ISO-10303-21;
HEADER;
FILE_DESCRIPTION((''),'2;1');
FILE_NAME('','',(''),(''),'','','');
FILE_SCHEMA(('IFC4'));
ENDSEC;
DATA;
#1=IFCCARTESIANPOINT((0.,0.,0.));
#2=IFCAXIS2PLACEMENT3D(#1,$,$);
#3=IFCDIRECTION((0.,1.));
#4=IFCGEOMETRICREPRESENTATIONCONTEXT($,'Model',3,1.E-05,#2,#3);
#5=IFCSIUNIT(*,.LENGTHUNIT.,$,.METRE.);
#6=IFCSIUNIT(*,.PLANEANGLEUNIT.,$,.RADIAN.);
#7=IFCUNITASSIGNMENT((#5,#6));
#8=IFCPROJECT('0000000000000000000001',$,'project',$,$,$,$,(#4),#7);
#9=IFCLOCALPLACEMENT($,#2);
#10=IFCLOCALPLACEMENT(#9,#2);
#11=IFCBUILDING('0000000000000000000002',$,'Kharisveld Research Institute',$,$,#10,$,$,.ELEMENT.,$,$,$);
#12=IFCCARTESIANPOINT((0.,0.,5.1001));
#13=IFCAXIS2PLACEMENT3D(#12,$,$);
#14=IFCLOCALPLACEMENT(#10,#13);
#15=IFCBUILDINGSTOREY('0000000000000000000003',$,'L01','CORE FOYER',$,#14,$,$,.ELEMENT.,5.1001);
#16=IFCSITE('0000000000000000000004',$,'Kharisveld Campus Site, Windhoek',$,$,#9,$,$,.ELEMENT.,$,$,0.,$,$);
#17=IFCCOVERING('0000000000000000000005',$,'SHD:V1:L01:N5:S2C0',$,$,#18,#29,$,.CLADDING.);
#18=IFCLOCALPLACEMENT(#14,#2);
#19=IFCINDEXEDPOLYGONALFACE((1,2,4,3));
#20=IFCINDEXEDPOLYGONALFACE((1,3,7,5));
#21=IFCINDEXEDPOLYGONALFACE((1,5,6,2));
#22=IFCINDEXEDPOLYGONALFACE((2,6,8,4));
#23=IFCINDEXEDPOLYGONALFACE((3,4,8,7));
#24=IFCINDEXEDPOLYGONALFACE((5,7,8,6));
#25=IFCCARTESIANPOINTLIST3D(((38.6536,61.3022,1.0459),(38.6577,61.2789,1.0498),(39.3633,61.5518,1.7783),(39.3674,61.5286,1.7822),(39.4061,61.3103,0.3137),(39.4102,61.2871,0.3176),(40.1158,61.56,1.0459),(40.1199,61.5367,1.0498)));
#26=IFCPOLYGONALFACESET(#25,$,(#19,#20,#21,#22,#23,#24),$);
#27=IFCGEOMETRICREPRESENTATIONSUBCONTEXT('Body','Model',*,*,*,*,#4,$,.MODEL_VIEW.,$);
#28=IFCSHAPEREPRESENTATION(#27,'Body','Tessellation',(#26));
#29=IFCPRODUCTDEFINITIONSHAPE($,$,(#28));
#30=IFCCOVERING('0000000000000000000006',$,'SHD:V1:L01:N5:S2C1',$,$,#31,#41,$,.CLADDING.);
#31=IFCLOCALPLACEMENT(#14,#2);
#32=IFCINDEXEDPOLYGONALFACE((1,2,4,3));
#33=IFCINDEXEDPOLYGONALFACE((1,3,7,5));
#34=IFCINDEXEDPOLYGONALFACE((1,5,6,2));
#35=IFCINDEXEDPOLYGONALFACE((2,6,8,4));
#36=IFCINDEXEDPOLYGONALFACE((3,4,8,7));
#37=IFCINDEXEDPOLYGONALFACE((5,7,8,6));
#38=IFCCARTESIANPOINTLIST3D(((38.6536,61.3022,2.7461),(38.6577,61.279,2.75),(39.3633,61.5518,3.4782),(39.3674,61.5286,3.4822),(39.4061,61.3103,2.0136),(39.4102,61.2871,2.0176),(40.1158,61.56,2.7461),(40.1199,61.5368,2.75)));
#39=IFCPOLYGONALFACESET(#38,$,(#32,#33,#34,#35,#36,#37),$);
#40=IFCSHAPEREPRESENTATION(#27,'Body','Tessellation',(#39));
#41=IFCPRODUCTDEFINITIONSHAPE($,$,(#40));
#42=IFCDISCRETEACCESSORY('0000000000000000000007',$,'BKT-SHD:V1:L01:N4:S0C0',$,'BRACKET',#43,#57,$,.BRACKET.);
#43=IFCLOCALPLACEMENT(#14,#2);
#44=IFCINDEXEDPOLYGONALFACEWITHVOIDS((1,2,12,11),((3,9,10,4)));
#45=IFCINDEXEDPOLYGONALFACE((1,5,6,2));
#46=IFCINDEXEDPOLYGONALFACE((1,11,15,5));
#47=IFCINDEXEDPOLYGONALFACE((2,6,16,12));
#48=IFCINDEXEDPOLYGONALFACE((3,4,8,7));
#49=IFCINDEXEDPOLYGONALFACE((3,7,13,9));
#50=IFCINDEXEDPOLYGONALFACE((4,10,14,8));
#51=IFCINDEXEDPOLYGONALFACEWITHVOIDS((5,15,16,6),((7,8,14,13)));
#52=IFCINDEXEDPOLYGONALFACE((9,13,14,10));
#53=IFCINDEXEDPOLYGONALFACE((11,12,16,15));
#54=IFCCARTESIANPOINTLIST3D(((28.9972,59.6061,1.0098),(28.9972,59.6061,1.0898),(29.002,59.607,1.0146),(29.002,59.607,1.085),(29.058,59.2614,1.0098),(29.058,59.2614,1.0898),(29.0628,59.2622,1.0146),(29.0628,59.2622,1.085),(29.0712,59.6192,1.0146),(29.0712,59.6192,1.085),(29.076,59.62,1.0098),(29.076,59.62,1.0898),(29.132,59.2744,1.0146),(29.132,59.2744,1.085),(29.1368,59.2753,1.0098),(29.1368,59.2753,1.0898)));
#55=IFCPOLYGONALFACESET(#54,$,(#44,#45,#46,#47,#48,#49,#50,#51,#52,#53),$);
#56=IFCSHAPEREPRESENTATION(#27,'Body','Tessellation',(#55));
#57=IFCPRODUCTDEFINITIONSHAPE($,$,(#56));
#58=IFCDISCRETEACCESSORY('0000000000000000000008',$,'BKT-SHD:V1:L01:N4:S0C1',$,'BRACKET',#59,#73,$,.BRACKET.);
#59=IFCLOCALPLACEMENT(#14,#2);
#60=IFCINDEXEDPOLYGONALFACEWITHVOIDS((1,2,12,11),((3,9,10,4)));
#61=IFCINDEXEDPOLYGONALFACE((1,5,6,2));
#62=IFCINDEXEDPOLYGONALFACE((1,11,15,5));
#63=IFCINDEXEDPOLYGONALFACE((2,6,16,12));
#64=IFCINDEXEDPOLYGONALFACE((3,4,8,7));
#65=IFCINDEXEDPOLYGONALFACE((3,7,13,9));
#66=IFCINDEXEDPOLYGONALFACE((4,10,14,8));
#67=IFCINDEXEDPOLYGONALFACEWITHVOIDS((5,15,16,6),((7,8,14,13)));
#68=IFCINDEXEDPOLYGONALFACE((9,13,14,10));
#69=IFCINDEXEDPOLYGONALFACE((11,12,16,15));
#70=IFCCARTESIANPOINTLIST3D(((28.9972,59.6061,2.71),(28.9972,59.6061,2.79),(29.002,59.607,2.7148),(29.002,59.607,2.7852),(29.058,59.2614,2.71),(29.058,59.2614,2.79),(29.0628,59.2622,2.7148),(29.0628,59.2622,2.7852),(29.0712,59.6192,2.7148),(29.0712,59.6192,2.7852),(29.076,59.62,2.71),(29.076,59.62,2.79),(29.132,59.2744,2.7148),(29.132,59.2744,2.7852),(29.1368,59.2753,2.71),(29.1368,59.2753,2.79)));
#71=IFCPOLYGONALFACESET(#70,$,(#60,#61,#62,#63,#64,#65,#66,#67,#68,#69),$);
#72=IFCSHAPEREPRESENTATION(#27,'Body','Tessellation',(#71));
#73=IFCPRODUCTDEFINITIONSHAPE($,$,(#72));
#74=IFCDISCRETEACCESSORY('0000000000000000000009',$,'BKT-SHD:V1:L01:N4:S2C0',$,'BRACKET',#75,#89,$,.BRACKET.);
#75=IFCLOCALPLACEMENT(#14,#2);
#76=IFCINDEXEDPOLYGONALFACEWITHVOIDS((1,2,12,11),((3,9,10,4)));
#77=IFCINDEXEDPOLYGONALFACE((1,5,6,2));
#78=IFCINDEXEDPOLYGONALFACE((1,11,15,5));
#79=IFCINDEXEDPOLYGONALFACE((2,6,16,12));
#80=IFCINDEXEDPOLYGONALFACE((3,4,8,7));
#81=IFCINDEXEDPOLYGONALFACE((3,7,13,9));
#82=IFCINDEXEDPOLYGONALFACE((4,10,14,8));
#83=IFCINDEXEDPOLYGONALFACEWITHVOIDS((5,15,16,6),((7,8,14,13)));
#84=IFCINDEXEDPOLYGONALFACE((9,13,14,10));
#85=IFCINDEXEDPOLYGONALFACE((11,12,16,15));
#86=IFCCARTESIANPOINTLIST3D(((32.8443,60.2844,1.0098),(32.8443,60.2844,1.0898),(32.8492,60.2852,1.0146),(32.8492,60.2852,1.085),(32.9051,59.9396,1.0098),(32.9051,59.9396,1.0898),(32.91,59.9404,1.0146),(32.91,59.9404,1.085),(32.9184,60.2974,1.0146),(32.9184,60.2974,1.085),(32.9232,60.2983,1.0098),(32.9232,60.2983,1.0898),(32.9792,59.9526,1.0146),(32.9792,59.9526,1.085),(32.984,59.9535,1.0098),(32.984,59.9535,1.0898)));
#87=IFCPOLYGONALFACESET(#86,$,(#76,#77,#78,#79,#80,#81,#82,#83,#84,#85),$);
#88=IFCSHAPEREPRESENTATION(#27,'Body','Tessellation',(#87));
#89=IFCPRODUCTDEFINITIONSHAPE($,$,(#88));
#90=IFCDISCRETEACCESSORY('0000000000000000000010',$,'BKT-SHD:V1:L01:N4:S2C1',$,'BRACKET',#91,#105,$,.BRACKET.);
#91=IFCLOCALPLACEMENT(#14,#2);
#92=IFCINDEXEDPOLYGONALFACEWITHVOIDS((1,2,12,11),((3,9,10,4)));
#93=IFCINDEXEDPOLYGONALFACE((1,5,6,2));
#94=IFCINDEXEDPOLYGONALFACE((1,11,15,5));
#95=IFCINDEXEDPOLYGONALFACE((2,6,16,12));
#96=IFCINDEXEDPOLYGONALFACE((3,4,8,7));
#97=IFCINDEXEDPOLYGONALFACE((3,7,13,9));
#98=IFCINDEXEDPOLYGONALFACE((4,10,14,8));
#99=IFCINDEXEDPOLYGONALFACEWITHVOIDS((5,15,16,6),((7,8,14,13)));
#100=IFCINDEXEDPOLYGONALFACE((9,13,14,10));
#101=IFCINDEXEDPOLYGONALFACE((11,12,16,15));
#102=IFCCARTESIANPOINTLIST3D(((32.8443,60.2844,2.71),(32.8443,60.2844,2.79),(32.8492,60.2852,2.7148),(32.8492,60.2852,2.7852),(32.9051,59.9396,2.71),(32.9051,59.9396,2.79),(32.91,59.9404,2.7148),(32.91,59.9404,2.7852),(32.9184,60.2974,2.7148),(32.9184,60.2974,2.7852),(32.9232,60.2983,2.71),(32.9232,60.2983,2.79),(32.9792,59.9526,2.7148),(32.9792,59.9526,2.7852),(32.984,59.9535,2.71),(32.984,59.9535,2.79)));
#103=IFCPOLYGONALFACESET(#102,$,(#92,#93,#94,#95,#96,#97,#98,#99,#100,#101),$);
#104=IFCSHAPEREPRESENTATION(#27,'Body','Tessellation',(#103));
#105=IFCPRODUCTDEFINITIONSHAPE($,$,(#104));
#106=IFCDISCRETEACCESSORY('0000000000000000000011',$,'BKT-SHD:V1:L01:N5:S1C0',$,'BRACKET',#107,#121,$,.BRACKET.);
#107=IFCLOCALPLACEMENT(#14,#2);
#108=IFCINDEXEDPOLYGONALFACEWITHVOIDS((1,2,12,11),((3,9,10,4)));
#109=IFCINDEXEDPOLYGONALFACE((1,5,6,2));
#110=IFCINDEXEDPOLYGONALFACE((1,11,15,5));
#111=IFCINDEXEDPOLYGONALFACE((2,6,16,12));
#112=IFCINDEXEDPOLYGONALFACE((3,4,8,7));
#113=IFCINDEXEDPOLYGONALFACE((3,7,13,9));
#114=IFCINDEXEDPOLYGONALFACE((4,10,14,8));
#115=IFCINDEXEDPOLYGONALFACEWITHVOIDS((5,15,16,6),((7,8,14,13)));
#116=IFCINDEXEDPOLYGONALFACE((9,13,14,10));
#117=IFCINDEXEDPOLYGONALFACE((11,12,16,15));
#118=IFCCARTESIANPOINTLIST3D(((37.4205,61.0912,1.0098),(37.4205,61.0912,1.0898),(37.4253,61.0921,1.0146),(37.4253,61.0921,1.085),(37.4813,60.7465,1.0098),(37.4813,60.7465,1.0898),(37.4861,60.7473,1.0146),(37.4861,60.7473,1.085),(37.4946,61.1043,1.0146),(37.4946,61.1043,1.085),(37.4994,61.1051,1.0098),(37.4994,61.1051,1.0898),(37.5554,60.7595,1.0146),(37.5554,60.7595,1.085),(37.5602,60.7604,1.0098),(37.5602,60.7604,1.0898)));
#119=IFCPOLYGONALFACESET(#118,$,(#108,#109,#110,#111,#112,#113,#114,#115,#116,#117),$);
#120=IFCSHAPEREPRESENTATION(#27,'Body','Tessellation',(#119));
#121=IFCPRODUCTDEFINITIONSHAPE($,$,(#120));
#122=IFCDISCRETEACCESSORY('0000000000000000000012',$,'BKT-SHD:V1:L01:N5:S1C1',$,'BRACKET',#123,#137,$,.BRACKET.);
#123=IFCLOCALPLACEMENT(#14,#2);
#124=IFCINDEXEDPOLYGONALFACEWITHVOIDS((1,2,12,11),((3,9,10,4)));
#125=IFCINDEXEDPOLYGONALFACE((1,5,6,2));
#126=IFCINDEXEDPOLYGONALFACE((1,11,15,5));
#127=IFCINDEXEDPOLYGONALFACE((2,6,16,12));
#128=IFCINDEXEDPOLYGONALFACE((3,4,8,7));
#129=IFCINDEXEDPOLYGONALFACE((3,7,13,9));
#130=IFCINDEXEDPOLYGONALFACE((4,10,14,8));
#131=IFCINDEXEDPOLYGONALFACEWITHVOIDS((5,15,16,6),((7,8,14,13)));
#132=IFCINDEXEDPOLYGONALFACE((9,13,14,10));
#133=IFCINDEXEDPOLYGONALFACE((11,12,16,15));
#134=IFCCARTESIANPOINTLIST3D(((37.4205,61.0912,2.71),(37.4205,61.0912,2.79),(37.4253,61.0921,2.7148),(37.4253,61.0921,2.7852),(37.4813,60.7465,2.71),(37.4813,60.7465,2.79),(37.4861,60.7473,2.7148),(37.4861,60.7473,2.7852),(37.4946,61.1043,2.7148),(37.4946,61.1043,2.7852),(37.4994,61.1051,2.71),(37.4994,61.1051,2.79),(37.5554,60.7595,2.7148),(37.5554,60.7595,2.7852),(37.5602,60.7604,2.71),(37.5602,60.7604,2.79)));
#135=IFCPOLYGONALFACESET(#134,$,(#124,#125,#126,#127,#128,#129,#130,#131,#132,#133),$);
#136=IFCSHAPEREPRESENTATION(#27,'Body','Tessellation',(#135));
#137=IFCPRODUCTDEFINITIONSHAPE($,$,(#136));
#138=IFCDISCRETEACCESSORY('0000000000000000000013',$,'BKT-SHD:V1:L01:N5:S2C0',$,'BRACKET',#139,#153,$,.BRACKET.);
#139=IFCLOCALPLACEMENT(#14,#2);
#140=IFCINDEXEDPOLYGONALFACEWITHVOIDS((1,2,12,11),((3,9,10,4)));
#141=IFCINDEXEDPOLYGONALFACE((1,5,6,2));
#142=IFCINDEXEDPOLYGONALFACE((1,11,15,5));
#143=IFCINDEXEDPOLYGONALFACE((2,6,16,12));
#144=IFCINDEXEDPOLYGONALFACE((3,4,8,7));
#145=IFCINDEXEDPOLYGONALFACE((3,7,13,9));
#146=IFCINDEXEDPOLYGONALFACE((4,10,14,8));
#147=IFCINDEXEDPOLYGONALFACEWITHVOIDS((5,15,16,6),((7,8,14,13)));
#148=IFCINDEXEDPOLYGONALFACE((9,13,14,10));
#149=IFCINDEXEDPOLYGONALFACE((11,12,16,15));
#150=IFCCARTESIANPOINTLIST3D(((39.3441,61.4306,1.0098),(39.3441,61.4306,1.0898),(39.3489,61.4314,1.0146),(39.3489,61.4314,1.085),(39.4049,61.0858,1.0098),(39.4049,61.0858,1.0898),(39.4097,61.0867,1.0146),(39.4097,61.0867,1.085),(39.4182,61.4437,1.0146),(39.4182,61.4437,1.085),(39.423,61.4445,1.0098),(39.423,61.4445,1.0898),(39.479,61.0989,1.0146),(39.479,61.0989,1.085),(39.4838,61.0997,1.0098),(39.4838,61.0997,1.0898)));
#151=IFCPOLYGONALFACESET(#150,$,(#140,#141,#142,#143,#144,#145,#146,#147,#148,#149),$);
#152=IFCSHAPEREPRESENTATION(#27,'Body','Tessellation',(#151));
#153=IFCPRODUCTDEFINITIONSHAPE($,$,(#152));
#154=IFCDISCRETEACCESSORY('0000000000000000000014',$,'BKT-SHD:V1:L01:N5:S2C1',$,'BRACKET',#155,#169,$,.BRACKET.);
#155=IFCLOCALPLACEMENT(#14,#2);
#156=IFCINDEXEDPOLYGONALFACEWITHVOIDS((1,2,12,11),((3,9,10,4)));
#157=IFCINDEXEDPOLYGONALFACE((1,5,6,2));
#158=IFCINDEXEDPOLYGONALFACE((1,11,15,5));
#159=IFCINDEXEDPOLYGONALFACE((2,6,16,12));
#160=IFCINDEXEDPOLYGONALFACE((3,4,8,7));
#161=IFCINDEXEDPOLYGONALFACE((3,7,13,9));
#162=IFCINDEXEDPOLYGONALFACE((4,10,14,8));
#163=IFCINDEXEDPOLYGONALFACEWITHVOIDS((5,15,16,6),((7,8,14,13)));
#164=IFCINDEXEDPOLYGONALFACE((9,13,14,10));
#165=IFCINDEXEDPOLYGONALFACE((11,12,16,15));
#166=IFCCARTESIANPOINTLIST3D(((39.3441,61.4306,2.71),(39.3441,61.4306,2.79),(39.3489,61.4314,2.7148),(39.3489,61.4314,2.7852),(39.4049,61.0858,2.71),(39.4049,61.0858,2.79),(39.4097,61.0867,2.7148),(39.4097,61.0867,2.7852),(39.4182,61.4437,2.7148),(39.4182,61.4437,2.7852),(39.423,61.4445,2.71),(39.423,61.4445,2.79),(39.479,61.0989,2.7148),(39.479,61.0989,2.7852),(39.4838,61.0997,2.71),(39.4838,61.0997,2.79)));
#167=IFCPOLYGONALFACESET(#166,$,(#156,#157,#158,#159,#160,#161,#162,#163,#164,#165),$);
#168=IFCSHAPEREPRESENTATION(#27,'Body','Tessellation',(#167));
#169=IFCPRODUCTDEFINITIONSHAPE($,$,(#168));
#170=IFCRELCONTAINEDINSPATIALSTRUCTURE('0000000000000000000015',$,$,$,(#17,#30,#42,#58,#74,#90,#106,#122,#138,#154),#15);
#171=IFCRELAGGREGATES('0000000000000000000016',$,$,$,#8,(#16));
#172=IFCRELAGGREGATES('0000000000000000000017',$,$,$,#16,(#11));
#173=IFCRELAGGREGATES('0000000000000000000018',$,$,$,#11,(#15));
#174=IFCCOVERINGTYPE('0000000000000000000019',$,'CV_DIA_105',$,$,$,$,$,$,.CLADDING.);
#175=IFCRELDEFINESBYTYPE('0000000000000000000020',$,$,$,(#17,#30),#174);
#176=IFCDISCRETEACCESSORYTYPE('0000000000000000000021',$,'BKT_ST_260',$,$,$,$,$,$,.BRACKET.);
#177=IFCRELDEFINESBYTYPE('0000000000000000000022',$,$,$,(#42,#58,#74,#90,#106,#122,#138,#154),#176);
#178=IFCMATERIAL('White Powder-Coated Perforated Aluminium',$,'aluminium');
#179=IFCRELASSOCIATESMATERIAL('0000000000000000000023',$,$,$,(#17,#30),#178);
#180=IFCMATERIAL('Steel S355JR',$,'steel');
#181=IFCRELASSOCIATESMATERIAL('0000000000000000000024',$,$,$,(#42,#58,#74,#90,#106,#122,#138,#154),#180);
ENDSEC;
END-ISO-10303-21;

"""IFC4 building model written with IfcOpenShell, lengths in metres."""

from ifc_helpers import new_model, si_unit, direction, frame, origin, origin_2d, place, context, subcontext, project, spatial, polyline, hollow_rectangle, outline, extrude, material, type_object, element, save


model = new_model("IFC4")

# Units and contexts
model_context = context("Model", 3, precision=1e-05, world=origin(), true_north=direction((0.0, 1.0)))
body_context = subcontext(model_context, "Body", "Model", "MODEL_VIEW")
ifc_project = project(units=[si_unit("LENGTHUNIT", "METRE"), si_unit("PLANEANGLEUNIT", "RADIAN")], contexts=[model_context])

# Site, building, storey
site_placement = place(None, origin())
site = spatial("IfcSite", under=ifc_project, at=site_placement, Name="Kharisveld Campus Site, Windhoek", CompositionType="ELEMENT", RefElevation=0.0)
building_placement = place(site_placement, origin())
building = spatial("IfcBuilding", under=site, at=building_placement, Name="Kharisveld Research Institute", CompositionType="ELEMENT")
storey_placement = place(building_placement, frame((0.0, 0.0, 5.1001)))
storey = spatial("IfcBuildingStorey", under=building, at=storey_placement, Name="L01", Description="CORE FOYER", CompositionType="ELEMENT", Elevation=5.1001)

# Coverings
ifc_material_1 = material(Name="White Powder-Coated Perforated Aluminium", Category="aluminium")
covering_type = type_object("IfcCoveringType", Name="CV_DIA_105", PredefinedType="CLADDING")
covering_1_placement = place(storey_placement, frame((39.4102, 61.2871, 0.3176), z_axis=(0.171261, -0.97129, 0.165124), x_axis=(0.676048, 0.237771, 0.697441)))
element("IfcCovering", 1, at=covering_1_placement, inside=storey, type_object=covering_type, material=ifc_material_1, Name="SHD:V1:L01:N5:S2C0", PredefinedType="CLADDING", context=body_context, shape_type="SweptSolid", body=[
    extrude(outline(polyline([(0.0, 0.0), (1.0498, 0.0), (1.05, 1.0501), (0.0, 1.0499), (0.0, 0.0)])), origin(), (0.0, 0.0, -1.0), 0.0239),
])
covering_2_placement = place(storey_placement, frame((39.4102, 61.2871, 2.0176), z_axis=(0.171261, -0.97129, 0.165124), x_axis=(0.675931, 0.23777, 0.697555)))
element("IfcCovering", 2, at=covering_2_placement, inside=storey, type_object=covering_type, material=ifc_material_1, Name="SHD:V1:L01:N5:S2C1", PredefinedType="CLADDING", context=body_context, shape_type="SweptSolid", body=[
    extrude(outline(polyline([(0.0, 0.0), (1.05, 0.0), (1.0502, 1.0499), (0.0004, 1.0501), (0.0, 0.0)])), origin(), (0.0, 0.0, -1.0), 0.0239),
])

# Discrete accessories
ifc_material_2 = material(Name="Steel S355JR", Category="steel")
discrete_accessory_type = type_object("IfcDiscreteAccessoryType", Name="BKT_ST_260", PredefinedType="BRACKET")
for number, where, z_axis, x_axis, name in (
    (3, (29.0974, 59.2683, 1.0498), (-0.173666, 0.984805, 0.0), (-0.984805, -0.173666, 0.0), "BKT-SHD:V1:L01:N4:S0C0"),
    (4, (29.0974, 59.2683, 2.75), (-0.173666, 0.984805, 0.0), (-0.984805, -0.173666, 0.0), "BKT-SHD:V1:L01:N4:S0C1"),
    (5, (32.9446, 59.9465, 1.0498), (-0.173666, 0.984805, 0.0), (-0.984805, -0.173666, 0.0), "BKT-SHD:V1:L01:N4:S2C0"),
    (6, (32.9446, 59.9465, 2.75), (-0.173666, 0.984805, 0.0), (-0.984805, -0.173666, 0.0), "BKT-SHD:V1:L01:N4:S2C1"),
    (7, (37.5208, 60.7534, 1.0498), (-0.173666, 0.984805, 0.0), (-0.984805, -0.173666, 0.0), "BKT-SHD:V1:L01:N5:S1C0"),
    (8, (37.5208, 60.7534, 2.75), (-0.173666, 0.984805, 0.0), (-0.984805, -0.173666, 0.0), "BKT-SHD:V1:L01:N5:S1C1"),
    (9, (39.4443, 61.0928, 1.0498), (-0.173666, 0.984805, 0.0), (-0.984805, -0.173666, 0.0), "BKT-SHD:V1:L01:N5:S2C0"),
    (10, (39.4443, 61.0928, 2.75), (-0.173666, 0.984805, 0.0), (-0.984805, -0.173666, 0.0), "BKT-SHD:V1:L01:N5:S2C1"),
):
    element("IfcDiscreteAccessory", number, at=place(storey_placement, frame(where, z_axis=z_axis, x_axis=x_axis)), inside=storey, type_object=discrete_accessory_type, material=ifc_material_2, Name=name, ObjectType="BRACKET", PredefinedType="BRACKET", context=body_context, shape_type="SweptSolid", body=[
        extrude(hollow_rectangle(XDim=0.0801, YDim=0.0801, WallThickness=0.0049, at=origin_2d()), origin(), (0.0, 0.0, 1.0), 0.3501),
    ])

save(model, "model.ifc")
